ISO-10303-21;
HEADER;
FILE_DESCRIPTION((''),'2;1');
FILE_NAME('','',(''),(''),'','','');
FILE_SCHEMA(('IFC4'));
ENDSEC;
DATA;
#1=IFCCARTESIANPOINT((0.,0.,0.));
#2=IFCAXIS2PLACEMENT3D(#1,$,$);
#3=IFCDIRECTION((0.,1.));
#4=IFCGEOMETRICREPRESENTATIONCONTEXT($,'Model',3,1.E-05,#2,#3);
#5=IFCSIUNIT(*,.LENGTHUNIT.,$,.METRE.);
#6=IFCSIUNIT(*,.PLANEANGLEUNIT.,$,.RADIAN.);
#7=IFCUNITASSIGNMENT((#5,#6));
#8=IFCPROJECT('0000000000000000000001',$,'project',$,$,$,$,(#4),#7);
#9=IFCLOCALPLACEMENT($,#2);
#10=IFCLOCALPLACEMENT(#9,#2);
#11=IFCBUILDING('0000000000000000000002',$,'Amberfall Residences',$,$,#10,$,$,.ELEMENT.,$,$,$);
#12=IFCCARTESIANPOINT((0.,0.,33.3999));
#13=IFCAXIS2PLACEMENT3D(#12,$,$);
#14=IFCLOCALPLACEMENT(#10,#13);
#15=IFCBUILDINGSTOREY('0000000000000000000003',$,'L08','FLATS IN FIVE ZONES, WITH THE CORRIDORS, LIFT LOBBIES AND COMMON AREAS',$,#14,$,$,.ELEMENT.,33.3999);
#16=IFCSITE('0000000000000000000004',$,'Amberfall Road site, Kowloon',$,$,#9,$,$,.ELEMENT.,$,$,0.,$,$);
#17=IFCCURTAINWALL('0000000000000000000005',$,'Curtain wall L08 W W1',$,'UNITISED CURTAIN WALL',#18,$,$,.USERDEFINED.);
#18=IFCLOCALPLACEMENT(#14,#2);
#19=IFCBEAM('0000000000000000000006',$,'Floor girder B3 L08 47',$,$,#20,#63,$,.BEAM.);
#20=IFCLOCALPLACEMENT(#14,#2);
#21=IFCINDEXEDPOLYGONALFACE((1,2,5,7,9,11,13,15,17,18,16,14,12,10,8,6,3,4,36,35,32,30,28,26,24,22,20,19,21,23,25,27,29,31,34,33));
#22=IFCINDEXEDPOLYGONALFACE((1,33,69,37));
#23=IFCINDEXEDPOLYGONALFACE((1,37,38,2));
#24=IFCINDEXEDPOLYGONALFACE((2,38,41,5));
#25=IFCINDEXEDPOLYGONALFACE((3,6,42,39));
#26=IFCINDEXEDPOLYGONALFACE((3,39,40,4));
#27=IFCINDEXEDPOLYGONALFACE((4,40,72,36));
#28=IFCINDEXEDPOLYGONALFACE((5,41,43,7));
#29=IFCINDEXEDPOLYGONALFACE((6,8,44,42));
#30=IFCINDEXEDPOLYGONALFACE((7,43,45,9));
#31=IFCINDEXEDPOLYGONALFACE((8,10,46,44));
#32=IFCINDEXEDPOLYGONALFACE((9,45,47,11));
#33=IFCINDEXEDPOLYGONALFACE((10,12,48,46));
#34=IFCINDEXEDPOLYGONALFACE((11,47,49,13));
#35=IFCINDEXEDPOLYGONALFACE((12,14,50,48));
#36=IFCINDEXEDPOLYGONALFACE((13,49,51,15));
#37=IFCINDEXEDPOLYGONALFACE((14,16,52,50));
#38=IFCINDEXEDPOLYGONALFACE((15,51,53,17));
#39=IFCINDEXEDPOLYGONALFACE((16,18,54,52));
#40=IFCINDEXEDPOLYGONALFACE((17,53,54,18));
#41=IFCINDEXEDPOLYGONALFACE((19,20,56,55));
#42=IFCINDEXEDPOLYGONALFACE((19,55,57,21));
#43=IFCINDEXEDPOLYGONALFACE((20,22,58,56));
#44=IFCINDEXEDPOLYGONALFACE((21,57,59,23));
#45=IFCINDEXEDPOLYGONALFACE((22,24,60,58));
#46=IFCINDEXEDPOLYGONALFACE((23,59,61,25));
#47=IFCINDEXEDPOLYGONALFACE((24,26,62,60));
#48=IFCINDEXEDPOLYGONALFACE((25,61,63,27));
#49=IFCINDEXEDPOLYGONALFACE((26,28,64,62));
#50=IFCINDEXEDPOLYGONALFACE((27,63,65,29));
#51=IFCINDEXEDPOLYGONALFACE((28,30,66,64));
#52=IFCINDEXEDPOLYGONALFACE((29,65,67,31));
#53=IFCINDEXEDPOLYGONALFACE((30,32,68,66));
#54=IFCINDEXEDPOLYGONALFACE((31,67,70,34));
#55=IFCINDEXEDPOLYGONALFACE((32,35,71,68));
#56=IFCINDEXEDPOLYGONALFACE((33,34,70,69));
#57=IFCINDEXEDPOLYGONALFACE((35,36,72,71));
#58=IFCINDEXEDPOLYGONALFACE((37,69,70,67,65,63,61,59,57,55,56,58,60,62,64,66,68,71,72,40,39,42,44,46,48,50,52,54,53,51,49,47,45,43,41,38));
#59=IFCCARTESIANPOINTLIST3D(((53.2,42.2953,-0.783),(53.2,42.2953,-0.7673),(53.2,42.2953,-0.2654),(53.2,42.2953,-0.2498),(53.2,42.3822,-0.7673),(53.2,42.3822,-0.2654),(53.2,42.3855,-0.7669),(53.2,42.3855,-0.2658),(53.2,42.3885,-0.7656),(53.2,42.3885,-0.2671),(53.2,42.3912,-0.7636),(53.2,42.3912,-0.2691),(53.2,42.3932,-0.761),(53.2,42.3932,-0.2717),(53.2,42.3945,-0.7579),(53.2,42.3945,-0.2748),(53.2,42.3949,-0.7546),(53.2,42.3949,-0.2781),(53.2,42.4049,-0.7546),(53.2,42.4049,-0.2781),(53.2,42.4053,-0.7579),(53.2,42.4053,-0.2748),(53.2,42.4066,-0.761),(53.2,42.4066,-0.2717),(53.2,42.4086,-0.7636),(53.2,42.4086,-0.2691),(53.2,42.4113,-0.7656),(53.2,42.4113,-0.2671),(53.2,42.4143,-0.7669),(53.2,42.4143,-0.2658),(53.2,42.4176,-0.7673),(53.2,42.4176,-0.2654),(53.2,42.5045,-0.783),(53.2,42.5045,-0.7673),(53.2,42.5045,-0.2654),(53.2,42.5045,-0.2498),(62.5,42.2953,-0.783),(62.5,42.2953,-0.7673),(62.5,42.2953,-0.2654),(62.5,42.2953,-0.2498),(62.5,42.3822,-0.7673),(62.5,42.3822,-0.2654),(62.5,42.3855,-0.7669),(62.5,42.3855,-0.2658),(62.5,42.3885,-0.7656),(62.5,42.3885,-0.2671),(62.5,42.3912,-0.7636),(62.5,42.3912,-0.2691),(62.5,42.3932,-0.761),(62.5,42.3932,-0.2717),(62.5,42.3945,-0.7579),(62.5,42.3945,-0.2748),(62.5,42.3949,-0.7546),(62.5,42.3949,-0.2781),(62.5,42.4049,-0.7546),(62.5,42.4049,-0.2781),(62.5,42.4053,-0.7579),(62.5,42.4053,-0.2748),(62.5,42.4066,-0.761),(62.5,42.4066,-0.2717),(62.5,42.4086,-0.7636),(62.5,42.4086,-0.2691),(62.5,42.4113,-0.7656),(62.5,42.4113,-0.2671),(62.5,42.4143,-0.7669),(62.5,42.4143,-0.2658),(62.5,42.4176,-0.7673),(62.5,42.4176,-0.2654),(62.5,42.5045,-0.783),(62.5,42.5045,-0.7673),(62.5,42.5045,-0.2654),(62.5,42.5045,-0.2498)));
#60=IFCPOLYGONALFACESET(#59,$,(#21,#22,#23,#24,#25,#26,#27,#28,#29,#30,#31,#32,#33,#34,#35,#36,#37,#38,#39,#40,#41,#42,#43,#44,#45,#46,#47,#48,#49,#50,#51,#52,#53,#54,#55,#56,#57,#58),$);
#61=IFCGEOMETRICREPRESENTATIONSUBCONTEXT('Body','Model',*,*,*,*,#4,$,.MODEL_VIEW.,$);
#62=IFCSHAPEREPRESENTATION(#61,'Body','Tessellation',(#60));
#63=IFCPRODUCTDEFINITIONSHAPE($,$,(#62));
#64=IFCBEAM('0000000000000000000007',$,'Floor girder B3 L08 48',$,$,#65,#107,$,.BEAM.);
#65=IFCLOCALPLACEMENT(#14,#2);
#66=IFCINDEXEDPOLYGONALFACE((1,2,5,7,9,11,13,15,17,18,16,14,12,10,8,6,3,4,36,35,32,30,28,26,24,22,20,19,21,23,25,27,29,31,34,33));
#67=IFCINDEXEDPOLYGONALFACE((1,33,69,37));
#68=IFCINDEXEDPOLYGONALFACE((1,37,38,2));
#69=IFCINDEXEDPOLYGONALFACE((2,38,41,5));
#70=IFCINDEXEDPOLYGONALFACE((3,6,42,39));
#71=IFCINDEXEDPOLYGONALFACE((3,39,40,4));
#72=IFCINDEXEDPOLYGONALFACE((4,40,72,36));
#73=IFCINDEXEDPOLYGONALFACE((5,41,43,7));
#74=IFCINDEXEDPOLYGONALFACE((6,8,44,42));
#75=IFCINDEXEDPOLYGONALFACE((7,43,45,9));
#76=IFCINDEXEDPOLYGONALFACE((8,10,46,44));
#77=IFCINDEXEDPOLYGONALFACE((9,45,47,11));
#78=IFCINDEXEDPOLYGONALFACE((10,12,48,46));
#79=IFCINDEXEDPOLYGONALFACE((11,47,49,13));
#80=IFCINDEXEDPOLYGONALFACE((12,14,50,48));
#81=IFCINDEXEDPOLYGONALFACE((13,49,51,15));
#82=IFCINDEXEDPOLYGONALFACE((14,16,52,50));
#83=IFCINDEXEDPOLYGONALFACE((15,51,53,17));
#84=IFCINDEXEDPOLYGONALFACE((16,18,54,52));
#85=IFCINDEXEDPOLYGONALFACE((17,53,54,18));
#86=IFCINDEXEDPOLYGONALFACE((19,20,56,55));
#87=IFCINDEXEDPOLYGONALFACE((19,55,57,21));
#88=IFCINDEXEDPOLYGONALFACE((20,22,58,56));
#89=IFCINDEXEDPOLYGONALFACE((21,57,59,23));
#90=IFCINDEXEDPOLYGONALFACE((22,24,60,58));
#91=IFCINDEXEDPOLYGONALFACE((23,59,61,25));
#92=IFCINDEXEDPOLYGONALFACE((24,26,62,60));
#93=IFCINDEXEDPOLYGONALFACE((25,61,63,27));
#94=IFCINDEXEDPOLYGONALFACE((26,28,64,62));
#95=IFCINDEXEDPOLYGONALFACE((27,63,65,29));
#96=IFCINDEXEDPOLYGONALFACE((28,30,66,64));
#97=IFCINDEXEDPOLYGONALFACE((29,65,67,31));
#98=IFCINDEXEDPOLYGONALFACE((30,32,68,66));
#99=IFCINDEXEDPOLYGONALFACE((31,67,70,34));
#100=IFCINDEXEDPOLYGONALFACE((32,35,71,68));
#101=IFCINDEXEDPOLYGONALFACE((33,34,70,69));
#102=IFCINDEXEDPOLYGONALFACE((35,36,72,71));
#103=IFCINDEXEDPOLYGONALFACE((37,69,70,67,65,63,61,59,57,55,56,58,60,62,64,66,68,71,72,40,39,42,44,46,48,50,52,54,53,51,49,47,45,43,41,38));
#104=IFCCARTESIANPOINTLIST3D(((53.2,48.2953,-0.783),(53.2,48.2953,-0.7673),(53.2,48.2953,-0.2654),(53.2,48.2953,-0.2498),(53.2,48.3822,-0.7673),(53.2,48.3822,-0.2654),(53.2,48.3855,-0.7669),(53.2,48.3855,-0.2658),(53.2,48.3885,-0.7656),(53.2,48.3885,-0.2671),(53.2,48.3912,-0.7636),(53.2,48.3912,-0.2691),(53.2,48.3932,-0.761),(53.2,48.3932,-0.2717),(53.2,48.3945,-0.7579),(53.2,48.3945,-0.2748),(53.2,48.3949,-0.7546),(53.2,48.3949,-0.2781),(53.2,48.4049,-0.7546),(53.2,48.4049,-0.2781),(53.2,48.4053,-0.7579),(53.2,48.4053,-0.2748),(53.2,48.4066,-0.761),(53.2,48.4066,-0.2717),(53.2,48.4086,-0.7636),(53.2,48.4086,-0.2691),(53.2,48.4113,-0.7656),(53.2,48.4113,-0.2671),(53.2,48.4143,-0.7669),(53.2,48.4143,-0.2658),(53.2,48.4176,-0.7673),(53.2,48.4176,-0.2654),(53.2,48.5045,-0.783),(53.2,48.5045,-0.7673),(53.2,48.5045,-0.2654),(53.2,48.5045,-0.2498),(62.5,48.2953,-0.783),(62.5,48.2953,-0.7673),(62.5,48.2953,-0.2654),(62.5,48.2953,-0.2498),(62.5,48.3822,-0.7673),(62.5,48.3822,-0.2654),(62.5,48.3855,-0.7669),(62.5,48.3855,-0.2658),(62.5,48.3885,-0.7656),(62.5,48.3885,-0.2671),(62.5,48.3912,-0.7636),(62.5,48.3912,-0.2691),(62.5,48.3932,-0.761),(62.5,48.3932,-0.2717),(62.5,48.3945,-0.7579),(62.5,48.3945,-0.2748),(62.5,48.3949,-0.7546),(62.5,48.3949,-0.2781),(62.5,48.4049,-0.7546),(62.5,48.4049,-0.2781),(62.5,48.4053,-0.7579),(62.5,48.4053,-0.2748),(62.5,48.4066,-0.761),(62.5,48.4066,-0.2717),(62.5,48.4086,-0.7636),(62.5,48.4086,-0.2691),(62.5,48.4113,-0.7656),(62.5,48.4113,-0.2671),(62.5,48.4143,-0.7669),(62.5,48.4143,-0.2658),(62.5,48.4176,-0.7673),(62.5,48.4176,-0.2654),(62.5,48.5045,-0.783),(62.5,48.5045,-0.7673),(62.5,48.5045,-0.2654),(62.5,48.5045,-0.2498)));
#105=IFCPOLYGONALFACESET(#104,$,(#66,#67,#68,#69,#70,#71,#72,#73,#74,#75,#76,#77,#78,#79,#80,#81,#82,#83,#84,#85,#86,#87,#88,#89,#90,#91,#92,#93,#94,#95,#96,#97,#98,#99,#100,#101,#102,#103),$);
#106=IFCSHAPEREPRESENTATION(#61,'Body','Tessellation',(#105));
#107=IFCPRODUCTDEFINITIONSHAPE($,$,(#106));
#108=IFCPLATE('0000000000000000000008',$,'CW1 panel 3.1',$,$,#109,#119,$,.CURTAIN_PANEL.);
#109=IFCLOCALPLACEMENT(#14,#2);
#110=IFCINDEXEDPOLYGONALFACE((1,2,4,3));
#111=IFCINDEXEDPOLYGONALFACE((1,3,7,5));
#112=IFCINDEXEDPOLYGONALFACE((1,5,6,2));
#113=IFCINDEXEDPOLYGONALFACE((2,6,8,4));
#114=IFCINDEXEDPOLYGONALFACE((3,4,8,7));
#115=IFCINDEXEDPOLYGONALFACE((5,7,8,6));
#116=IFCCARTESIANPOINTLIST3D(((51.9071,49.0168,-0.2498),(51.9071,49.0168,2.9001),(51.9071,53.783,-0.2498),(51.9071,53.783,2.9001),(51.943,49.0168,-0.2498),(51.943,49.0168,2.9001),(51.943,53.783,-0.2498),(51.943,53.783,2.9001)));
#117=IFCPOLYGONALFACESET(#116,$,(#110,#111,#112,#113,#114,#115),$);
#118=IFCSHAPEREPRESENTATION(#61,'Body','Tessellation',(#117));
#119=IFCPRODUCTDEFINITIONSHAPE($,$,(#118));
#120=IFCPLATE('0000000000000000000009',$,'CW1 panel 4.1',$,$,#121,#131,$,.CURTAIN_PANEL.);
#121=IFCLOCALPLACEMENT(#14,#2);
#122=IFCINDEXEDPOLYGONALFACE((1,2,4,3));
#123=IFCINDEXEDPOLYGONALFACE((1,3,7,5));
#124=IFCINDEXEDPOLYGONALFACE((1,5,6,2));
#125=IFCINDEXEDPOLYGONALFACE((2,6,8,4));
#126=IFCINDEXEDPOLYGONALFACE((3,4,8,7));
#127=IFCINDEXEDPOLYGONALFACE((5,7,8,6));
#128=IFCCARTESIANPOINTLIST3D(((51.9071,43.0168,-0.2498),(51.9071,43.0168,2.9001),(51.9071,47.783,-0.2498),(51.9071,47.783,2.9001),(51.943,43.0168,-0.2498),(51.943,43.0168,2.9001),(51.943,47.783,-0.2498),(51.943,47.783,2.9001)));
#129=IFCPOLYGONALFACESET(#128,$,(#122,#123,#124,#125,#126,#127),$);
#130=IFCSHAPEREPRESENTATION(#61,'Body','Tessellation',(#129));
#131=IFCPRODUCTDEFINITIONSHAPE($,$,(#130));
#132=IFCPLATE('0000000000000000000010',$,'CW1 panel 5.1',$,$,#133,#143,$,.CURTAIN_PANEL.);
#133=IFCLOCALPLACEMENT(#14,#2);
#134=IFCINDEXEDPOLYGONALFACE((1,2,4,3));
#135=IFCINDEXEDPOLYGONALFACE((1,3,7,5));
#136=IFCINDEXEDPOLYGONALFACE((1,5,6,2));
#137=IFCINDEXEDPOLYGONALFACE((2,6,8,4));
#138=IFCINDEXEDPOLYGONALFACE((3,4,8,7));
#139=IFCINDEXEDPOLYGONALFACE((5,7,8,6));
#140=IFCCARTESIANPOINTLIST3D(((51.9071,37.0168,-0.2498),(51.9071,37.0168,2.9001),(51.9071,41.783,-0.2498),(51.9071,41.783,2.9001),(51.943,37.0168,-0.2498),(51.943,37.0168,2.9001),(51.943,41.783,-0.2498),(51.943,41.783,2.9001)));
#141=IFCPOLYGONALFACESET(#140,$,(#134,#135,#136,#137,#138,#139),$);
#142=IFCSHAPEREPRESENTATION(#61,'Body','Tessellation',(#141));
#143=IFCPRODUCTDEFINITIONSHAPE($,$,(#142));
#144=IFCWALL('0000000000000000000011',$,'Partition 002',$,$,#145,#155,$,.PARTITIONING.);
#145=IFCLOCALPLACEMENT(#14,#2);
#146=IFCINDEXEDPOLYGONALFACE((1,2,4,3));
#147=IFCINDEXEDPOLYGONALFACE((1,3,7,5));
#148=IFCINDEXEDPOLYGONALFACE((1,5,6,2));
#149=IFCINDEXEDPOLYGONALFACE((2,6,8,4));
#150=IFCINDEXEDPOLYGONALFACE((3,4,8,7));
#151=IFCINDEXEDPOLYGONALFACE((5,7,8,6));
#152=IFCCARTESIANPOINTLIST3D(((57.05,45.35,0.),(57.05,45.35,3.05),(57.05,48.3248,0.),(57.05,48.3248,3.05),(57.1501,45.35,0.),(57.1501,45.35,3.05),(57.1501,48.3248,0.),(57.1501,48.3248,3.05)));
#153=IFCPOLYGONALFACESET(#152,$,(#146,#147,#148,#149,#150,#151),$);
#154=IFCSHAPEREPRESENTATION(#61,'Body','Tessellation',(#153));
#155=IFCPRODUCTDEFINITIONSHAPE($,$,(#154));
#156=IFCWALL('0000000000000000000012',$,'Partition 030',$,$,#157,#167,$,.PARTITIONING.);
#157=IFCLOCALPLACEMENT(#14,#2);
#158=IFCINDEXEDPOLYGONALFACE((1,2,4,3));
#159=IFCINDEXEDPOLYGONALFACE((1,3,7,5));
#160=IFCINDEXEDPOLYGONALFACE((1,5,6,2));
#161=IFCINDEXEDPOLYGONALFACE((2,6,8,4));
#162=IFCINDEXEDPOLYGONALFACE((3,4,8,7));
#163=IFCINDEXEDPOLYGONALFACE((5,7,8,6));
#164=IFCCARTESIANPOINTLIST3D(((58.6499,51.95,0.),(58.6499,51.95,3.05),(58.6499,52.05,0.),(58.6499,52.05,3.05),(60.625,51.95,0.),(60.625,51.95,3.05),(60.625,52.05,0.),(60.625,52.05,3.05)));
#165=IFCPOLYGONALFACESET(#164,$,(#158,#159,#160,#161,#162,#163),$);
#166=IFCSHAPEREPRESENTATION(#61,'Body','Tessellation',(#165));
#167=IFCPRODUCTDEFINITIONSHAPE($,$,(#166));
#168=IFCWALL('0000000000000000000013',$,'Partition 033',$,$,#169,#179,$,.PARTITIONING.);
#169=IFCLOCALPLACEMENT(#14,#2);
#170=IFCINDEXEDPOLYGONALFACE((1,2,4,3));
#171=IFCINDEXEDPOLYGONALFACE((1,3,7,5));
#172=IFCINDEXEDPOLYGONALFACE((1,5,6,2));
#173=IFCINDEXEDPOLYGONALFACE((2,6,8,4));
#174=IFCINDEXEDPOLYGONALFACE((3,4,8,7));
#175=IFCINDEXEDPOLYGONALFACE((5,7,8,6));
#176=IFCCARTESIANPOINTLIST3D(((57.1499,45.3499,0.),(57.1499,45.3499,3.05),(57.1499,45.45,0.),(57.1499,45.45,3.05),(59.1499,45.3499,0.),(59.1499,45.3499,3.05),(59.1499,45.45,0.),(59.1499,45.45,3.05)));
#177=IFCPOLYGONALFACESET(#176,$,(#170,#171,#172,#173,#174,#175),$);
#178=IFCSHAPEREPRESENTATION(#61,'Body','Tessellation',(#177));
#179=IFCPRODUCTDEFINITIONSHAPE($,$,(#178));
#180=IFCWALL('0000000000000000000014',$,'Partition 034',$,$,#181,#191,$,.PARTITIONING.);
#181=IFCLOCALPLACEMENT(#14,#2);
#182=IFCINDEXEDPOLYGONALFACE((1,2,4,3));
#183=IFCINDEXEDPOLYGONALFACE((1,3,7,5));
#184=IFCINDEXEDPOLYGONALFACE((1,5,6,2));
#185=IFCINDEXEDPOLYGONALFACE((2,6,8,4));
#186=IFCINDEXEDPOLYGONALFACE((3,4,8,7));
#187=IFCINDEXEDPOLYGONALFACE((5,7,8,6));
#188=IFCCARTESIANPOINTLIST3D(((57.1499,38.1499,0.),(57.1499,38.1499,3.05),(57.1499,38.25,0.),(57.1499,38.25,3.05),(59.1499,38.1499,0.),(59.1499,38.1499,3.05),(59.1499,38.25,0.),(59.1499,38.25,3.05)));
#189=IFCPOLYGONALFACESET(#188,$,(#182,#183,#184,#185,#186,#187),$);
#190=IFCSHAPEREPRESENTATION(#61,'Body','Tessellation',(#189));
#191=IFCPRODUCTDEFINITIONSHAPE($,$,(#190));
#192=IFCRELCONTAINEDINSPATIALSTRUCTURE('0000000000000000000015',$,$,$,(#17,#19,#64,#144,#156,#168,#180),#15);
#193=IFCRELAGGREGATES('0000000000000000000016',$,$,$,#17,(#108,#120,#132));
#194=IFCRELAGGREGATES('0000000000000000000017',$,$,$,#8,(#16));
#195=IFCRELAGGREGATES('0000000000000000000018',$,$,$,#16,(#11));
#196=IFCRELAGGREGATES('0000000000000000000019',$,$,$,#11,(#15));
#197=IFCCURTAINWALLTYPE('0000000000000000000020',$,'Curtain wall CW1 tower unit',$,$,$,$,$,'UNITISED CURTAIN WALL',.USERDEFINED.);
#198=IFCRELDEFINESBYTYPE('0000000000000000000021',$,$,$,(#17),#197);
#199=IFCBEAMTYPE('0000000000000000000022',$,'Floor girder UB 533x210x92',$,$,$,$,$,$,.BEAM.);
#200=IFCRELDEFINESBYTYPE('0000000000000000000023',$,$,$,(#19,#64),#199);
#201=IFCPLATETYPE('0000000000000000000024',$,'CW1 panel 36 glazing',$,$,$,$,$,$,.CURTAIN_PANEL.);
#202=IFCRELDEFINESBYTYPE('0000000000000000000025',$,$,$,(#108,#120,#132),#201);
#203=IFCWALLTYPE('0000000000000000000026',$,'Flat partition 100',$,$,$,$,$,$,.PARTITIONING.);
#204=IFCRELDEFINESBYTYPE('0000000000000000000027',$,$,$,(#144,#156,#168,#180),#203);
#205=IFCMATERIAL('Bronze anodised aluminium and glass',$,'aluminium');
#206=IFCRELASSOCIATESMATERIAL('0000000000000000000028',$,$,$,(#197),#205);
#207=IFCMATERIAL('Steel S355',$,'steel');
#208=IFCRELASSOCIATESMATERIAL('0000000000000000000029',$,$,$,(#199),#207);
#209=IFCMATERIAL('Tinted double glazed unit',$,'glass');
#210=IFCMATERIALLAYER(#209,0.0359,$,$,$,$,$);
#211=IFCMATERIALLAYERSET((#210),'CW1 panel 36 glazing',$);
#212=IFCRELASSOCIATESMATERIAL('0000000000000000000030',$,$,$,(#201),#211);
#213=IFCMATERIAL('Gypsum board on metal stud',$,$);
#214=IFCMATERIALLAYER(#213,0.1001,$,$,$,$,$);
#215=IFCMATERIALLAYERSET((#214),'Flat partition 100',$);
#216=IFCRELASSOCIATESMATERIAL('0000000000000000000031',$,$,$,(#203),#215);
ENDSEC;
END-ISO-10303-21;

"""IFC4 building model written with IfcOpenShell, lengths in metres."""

from ifc_helpers import new_model, si_unit, direction, frame, frame_2d, origin, origin_2d, place, context, subcontext, project, spatial, rectangle, i_section, extrude, material, layer, layer_set, material_profile, profile_set, type_object, element, aggregate, save


model = new_model("IFC4")

# Units and contexts
model_context = context("Model", 3, precision=1e-05, world=origin(), true_north=direction((0.0, 1.0)))
body_context = subcontext(model_context, "Body", "Model", "MODEL_VIEW")
ifc_project = project(units=[si_unit("LENGTHUNIT", "METRE"), si_unit("PLANEANGLEUNIT", "RADIAN")], contexts=[model_context])

# Site, building, storey
site_placement = place(None, origin())
site = spatial("IfcSite", under=ifc_project, at=site_placement, Name="Amberfall Road site, Kowloon", CompositionType="ELEMENT", RefElevation=0.0)
building_placement = place(site_placement, origin())
building = spatial("IfcBuilding", under=site, at=building_placement, Name="Amberfall Residences", CompositionType="ELEMENT")
storey_placement = place(building_placement, frame((0.0, 0.0, 33.3999)))
storey = spatial("IfcBuildingStorey", under=building, at=storey_placement, Name="L08", Description="FLATS IN FIVE ZONES, WITH THE CORRIDORS, LIFT LOBBIES AND COMMON AREAS", CompositionType="ELEMENT", Elevation=33.3999)

# Curtain wall
ifc_material_1 = material(Name="Bronze anodised aluminium and glass", Category="aluminium")
curtain_wall_type = type_object("IfcCurtainWallType", Name="Curtain wall CW1 tower unit", ElementType="UNITISED CURTAIN WALL", PredefinedType="USERDEFINED", material=ifc_material_1)
curtain_wall_placement = place(storey_placement, origin())
curtain_wall = element("IfcCurtainWall", 1, at=curtain_wall_placement, inside=storey, type_object=curtain_wall_type, Name="Curtain wall L08 W W1", ObjectType="UNITISED CURTAIN WALL", PredefinedType="USERDEFINED")

# Shared definitions
ifc_material_2 = material(Name="Steel S355", Category="steel")

# Beams
ifc_material_profile_1 = material_profile(ifc_material_2, i_section(OverallWidth=0.2092, OverallDepth=0.5332, WebThickness=0.01, FlangeThickness=0.0156, FilletRadius=0.0127, at=origin_2d()), Name="UB 533x210x92")
ifc_profile_set_1 = profile_set([ifc_material_profile_1], Name="Steel S355")
beam_type_1 = type_object("IfcBeamType", Name="Floor girder UB 533x210x92", PredefinedType="BEAM", material=ifc_profile_set_1)
for number, where, z_axis, x_axis, name in (
    (2, (53.2, 42.3999, -0.5164), (1.0, 0.0, 0.0), (0.0, 1.0, 0.0), "Floor girder B3 L08 47"),
    (3, (53.2, 48.3999, -0.5164), (1.0, 0.0, 0.0), (0.0, 1.0, 0.0), "Floor girder B3 L08 48"),
):
    element("IfcBeam", number, at=place(storey_placement, frame(where, z_axis=z_axis, x_axis=x_axis)), inside=storey, type_object=beam_type_1, Name=name, PredefinedType="BEAM", context=body_context, shape_type="SweptSolid", body=[
        extrude(i_section(OverallWidth=0.2092, OverallDepth=0.5332, WebThickness=0.01, FlangeThickness=0.0156, FilletRadius=0.0127, at=origin_2d()), origin(), (0.0, 0.0, 1.0), 9.3),
    ])

# Plates
ifc_material_3 = material(Name="Tinted double glazed unit", Category="glass")
ifc_layer_1 = layer(ifc_material_3, 0.0359)
ifc_layer_set_1 = layer_set([ifc_layer_1], Name="CW1 panel 36 glazing")
plate_type = type_object("IfcPlateType", Name="CW1 panel 36 glazing", PredefinedType="CURTAIN_PANEL", material=ifc_layer_set_1)
plate_1_placement = place(storey_placement, frame((51.925, 51.3999, -0.2498), z_axis=(0.0, 0.0, 1.0), x_axis=(0.0, -1.0, 0.0)))
plate_1 = element("IfcPlate", 4, at=plate_1_placement, type_object=plate_type, Name="CW1 panel 3.1", PredefinedType="CURTAIN_PANEL", context=body_context, shape_type="SweptSolid", body=[
    extrude(rectangle(XDim=4.7661, YDim=0.0359, at=origin_2d()), origin(), (0.0, 0.0, 1.0), 3.1499),
])
plate_2_placement = place(storey_placement, frame((51.925, 45.3999, -0.2498), z_axis=(0.0, 0.0, 1.0), x_axis=(0.0, -1.0, 0.0)))
plate_2 = element("IfcPlate", 5, at=plate_2_placement, type_object=plate_type, Name="CW1 panel 4.1", PredefinedType="CURTAIN_PANEL", context=body_context, shape_type="SweptSolid", body=[
    extrude(rectangle(XDim=4.7661, YDim=0.0359, at=origin_2d()), origin(), (0.0, 0.0, 1.0), 3.1499),
])
plate_3_placement = place(storey_placement, frame((51.925, 39.3999, -0.2498), z_axis=(0.0, 0.0, 1.0), x_axis=(0.0, -1.0, 0.0)))
plate_3 = element("IfcPlate", 6, at=plate_3_placement, type_object=plate_type, Name="CW1 panel 5.1", PredefinedType="CURTAIN_PANEL", context=body_context, shape_type="SweptSolid", body=[
    extrude(rectangle(XDim=4.7661, YDim=0.0359, at=origin_2d()), origin(), (0.0, 0.0, 1.0), 3.1499),
])
aggregate(curtain_wall, [plate_1, plate_2, plate_3])

# Walls
ifc_material_4 = material(Name="Gypsum board on metal stud")
ifc_layer_2 = layer(ifc_material_4, 0.1001)
ifc_layer_set_2 = layer_set([ifc_layer_2], Name="Flat partition 100")
wall_type_1 = type_object("IfcWallType", Name="Flat partition 100", PredefinedType="PARTITIONING", material=ifc_layer_set_2)
wall_1_placement = place(storey_placement, frame((57.1001, 45.3501, 0.0), z_axis=(0.0, 0.0, 1.0), x_axis=(0.0, 1.0, 0.0)))
element("IfcWall", 7, at=wall_1_placement, inside=storey, type_object=wall_type_1, Name="Partition 002", PredefinedType="PARTITIONING", context=body_context, shape_type="SweptSolid", body=[
    extrude(rectangle(XDim=2.9749, YDim=0.1001, at=frame_2d((1.4873, 0.0))), origin(), (0.0, 0.0, 1.0), 3.05),
])
wall_2_placement = place(storey_placement, frame((58.6499, 52.0, 0.0), z_axis=(0.0, 0.0, 1.0), x_axis=(1.0, 0.0, 0.0)))
element("IfcWall", 8, at=wall_2_placement, inside=storey, type_object=wall_type_1, Name="Partition 030", PredefinedType="PARTITIONING", context=body_context, shape_type="SweptSolid", body=[
    extrude(rectangle(XDim=1.9751, YDim=0.1001, at=frame_2d((0.9875, 0.0))), origin(), (0.0, 0.0, 1.0), 3.05),
])
for number, where, z_axis, x_axis, name in (
    (9, (57.1499, 45.3999, 0.0), (0.0, 0.0, 1.0), (1.0, 0.0, 0.0), "Partition 033"),
    (10, (57.1499, 38.2, 0.0), (0.0, 0.0, 1.0), (1.0, 0.0, 0.0), "Partition 034"),
):
    element("IfcWall", number, at=place(storey_placement, frame(where, z_axis=z_axis, x_axis=x_axis)), inside=storey, type_object=wall_type_1, Name=name, PredefinedType="PARTITIONING", context=body_context, shape_type="SweptSolid", body=[
        extrude(rectangle(XDim=2.0, YDim=0.1001, at=frame_2d((1.0, 0.0))), origin(), (0.0, 0.0, 1.0), 3.05),
    ])

save(model, "model.ifc")
